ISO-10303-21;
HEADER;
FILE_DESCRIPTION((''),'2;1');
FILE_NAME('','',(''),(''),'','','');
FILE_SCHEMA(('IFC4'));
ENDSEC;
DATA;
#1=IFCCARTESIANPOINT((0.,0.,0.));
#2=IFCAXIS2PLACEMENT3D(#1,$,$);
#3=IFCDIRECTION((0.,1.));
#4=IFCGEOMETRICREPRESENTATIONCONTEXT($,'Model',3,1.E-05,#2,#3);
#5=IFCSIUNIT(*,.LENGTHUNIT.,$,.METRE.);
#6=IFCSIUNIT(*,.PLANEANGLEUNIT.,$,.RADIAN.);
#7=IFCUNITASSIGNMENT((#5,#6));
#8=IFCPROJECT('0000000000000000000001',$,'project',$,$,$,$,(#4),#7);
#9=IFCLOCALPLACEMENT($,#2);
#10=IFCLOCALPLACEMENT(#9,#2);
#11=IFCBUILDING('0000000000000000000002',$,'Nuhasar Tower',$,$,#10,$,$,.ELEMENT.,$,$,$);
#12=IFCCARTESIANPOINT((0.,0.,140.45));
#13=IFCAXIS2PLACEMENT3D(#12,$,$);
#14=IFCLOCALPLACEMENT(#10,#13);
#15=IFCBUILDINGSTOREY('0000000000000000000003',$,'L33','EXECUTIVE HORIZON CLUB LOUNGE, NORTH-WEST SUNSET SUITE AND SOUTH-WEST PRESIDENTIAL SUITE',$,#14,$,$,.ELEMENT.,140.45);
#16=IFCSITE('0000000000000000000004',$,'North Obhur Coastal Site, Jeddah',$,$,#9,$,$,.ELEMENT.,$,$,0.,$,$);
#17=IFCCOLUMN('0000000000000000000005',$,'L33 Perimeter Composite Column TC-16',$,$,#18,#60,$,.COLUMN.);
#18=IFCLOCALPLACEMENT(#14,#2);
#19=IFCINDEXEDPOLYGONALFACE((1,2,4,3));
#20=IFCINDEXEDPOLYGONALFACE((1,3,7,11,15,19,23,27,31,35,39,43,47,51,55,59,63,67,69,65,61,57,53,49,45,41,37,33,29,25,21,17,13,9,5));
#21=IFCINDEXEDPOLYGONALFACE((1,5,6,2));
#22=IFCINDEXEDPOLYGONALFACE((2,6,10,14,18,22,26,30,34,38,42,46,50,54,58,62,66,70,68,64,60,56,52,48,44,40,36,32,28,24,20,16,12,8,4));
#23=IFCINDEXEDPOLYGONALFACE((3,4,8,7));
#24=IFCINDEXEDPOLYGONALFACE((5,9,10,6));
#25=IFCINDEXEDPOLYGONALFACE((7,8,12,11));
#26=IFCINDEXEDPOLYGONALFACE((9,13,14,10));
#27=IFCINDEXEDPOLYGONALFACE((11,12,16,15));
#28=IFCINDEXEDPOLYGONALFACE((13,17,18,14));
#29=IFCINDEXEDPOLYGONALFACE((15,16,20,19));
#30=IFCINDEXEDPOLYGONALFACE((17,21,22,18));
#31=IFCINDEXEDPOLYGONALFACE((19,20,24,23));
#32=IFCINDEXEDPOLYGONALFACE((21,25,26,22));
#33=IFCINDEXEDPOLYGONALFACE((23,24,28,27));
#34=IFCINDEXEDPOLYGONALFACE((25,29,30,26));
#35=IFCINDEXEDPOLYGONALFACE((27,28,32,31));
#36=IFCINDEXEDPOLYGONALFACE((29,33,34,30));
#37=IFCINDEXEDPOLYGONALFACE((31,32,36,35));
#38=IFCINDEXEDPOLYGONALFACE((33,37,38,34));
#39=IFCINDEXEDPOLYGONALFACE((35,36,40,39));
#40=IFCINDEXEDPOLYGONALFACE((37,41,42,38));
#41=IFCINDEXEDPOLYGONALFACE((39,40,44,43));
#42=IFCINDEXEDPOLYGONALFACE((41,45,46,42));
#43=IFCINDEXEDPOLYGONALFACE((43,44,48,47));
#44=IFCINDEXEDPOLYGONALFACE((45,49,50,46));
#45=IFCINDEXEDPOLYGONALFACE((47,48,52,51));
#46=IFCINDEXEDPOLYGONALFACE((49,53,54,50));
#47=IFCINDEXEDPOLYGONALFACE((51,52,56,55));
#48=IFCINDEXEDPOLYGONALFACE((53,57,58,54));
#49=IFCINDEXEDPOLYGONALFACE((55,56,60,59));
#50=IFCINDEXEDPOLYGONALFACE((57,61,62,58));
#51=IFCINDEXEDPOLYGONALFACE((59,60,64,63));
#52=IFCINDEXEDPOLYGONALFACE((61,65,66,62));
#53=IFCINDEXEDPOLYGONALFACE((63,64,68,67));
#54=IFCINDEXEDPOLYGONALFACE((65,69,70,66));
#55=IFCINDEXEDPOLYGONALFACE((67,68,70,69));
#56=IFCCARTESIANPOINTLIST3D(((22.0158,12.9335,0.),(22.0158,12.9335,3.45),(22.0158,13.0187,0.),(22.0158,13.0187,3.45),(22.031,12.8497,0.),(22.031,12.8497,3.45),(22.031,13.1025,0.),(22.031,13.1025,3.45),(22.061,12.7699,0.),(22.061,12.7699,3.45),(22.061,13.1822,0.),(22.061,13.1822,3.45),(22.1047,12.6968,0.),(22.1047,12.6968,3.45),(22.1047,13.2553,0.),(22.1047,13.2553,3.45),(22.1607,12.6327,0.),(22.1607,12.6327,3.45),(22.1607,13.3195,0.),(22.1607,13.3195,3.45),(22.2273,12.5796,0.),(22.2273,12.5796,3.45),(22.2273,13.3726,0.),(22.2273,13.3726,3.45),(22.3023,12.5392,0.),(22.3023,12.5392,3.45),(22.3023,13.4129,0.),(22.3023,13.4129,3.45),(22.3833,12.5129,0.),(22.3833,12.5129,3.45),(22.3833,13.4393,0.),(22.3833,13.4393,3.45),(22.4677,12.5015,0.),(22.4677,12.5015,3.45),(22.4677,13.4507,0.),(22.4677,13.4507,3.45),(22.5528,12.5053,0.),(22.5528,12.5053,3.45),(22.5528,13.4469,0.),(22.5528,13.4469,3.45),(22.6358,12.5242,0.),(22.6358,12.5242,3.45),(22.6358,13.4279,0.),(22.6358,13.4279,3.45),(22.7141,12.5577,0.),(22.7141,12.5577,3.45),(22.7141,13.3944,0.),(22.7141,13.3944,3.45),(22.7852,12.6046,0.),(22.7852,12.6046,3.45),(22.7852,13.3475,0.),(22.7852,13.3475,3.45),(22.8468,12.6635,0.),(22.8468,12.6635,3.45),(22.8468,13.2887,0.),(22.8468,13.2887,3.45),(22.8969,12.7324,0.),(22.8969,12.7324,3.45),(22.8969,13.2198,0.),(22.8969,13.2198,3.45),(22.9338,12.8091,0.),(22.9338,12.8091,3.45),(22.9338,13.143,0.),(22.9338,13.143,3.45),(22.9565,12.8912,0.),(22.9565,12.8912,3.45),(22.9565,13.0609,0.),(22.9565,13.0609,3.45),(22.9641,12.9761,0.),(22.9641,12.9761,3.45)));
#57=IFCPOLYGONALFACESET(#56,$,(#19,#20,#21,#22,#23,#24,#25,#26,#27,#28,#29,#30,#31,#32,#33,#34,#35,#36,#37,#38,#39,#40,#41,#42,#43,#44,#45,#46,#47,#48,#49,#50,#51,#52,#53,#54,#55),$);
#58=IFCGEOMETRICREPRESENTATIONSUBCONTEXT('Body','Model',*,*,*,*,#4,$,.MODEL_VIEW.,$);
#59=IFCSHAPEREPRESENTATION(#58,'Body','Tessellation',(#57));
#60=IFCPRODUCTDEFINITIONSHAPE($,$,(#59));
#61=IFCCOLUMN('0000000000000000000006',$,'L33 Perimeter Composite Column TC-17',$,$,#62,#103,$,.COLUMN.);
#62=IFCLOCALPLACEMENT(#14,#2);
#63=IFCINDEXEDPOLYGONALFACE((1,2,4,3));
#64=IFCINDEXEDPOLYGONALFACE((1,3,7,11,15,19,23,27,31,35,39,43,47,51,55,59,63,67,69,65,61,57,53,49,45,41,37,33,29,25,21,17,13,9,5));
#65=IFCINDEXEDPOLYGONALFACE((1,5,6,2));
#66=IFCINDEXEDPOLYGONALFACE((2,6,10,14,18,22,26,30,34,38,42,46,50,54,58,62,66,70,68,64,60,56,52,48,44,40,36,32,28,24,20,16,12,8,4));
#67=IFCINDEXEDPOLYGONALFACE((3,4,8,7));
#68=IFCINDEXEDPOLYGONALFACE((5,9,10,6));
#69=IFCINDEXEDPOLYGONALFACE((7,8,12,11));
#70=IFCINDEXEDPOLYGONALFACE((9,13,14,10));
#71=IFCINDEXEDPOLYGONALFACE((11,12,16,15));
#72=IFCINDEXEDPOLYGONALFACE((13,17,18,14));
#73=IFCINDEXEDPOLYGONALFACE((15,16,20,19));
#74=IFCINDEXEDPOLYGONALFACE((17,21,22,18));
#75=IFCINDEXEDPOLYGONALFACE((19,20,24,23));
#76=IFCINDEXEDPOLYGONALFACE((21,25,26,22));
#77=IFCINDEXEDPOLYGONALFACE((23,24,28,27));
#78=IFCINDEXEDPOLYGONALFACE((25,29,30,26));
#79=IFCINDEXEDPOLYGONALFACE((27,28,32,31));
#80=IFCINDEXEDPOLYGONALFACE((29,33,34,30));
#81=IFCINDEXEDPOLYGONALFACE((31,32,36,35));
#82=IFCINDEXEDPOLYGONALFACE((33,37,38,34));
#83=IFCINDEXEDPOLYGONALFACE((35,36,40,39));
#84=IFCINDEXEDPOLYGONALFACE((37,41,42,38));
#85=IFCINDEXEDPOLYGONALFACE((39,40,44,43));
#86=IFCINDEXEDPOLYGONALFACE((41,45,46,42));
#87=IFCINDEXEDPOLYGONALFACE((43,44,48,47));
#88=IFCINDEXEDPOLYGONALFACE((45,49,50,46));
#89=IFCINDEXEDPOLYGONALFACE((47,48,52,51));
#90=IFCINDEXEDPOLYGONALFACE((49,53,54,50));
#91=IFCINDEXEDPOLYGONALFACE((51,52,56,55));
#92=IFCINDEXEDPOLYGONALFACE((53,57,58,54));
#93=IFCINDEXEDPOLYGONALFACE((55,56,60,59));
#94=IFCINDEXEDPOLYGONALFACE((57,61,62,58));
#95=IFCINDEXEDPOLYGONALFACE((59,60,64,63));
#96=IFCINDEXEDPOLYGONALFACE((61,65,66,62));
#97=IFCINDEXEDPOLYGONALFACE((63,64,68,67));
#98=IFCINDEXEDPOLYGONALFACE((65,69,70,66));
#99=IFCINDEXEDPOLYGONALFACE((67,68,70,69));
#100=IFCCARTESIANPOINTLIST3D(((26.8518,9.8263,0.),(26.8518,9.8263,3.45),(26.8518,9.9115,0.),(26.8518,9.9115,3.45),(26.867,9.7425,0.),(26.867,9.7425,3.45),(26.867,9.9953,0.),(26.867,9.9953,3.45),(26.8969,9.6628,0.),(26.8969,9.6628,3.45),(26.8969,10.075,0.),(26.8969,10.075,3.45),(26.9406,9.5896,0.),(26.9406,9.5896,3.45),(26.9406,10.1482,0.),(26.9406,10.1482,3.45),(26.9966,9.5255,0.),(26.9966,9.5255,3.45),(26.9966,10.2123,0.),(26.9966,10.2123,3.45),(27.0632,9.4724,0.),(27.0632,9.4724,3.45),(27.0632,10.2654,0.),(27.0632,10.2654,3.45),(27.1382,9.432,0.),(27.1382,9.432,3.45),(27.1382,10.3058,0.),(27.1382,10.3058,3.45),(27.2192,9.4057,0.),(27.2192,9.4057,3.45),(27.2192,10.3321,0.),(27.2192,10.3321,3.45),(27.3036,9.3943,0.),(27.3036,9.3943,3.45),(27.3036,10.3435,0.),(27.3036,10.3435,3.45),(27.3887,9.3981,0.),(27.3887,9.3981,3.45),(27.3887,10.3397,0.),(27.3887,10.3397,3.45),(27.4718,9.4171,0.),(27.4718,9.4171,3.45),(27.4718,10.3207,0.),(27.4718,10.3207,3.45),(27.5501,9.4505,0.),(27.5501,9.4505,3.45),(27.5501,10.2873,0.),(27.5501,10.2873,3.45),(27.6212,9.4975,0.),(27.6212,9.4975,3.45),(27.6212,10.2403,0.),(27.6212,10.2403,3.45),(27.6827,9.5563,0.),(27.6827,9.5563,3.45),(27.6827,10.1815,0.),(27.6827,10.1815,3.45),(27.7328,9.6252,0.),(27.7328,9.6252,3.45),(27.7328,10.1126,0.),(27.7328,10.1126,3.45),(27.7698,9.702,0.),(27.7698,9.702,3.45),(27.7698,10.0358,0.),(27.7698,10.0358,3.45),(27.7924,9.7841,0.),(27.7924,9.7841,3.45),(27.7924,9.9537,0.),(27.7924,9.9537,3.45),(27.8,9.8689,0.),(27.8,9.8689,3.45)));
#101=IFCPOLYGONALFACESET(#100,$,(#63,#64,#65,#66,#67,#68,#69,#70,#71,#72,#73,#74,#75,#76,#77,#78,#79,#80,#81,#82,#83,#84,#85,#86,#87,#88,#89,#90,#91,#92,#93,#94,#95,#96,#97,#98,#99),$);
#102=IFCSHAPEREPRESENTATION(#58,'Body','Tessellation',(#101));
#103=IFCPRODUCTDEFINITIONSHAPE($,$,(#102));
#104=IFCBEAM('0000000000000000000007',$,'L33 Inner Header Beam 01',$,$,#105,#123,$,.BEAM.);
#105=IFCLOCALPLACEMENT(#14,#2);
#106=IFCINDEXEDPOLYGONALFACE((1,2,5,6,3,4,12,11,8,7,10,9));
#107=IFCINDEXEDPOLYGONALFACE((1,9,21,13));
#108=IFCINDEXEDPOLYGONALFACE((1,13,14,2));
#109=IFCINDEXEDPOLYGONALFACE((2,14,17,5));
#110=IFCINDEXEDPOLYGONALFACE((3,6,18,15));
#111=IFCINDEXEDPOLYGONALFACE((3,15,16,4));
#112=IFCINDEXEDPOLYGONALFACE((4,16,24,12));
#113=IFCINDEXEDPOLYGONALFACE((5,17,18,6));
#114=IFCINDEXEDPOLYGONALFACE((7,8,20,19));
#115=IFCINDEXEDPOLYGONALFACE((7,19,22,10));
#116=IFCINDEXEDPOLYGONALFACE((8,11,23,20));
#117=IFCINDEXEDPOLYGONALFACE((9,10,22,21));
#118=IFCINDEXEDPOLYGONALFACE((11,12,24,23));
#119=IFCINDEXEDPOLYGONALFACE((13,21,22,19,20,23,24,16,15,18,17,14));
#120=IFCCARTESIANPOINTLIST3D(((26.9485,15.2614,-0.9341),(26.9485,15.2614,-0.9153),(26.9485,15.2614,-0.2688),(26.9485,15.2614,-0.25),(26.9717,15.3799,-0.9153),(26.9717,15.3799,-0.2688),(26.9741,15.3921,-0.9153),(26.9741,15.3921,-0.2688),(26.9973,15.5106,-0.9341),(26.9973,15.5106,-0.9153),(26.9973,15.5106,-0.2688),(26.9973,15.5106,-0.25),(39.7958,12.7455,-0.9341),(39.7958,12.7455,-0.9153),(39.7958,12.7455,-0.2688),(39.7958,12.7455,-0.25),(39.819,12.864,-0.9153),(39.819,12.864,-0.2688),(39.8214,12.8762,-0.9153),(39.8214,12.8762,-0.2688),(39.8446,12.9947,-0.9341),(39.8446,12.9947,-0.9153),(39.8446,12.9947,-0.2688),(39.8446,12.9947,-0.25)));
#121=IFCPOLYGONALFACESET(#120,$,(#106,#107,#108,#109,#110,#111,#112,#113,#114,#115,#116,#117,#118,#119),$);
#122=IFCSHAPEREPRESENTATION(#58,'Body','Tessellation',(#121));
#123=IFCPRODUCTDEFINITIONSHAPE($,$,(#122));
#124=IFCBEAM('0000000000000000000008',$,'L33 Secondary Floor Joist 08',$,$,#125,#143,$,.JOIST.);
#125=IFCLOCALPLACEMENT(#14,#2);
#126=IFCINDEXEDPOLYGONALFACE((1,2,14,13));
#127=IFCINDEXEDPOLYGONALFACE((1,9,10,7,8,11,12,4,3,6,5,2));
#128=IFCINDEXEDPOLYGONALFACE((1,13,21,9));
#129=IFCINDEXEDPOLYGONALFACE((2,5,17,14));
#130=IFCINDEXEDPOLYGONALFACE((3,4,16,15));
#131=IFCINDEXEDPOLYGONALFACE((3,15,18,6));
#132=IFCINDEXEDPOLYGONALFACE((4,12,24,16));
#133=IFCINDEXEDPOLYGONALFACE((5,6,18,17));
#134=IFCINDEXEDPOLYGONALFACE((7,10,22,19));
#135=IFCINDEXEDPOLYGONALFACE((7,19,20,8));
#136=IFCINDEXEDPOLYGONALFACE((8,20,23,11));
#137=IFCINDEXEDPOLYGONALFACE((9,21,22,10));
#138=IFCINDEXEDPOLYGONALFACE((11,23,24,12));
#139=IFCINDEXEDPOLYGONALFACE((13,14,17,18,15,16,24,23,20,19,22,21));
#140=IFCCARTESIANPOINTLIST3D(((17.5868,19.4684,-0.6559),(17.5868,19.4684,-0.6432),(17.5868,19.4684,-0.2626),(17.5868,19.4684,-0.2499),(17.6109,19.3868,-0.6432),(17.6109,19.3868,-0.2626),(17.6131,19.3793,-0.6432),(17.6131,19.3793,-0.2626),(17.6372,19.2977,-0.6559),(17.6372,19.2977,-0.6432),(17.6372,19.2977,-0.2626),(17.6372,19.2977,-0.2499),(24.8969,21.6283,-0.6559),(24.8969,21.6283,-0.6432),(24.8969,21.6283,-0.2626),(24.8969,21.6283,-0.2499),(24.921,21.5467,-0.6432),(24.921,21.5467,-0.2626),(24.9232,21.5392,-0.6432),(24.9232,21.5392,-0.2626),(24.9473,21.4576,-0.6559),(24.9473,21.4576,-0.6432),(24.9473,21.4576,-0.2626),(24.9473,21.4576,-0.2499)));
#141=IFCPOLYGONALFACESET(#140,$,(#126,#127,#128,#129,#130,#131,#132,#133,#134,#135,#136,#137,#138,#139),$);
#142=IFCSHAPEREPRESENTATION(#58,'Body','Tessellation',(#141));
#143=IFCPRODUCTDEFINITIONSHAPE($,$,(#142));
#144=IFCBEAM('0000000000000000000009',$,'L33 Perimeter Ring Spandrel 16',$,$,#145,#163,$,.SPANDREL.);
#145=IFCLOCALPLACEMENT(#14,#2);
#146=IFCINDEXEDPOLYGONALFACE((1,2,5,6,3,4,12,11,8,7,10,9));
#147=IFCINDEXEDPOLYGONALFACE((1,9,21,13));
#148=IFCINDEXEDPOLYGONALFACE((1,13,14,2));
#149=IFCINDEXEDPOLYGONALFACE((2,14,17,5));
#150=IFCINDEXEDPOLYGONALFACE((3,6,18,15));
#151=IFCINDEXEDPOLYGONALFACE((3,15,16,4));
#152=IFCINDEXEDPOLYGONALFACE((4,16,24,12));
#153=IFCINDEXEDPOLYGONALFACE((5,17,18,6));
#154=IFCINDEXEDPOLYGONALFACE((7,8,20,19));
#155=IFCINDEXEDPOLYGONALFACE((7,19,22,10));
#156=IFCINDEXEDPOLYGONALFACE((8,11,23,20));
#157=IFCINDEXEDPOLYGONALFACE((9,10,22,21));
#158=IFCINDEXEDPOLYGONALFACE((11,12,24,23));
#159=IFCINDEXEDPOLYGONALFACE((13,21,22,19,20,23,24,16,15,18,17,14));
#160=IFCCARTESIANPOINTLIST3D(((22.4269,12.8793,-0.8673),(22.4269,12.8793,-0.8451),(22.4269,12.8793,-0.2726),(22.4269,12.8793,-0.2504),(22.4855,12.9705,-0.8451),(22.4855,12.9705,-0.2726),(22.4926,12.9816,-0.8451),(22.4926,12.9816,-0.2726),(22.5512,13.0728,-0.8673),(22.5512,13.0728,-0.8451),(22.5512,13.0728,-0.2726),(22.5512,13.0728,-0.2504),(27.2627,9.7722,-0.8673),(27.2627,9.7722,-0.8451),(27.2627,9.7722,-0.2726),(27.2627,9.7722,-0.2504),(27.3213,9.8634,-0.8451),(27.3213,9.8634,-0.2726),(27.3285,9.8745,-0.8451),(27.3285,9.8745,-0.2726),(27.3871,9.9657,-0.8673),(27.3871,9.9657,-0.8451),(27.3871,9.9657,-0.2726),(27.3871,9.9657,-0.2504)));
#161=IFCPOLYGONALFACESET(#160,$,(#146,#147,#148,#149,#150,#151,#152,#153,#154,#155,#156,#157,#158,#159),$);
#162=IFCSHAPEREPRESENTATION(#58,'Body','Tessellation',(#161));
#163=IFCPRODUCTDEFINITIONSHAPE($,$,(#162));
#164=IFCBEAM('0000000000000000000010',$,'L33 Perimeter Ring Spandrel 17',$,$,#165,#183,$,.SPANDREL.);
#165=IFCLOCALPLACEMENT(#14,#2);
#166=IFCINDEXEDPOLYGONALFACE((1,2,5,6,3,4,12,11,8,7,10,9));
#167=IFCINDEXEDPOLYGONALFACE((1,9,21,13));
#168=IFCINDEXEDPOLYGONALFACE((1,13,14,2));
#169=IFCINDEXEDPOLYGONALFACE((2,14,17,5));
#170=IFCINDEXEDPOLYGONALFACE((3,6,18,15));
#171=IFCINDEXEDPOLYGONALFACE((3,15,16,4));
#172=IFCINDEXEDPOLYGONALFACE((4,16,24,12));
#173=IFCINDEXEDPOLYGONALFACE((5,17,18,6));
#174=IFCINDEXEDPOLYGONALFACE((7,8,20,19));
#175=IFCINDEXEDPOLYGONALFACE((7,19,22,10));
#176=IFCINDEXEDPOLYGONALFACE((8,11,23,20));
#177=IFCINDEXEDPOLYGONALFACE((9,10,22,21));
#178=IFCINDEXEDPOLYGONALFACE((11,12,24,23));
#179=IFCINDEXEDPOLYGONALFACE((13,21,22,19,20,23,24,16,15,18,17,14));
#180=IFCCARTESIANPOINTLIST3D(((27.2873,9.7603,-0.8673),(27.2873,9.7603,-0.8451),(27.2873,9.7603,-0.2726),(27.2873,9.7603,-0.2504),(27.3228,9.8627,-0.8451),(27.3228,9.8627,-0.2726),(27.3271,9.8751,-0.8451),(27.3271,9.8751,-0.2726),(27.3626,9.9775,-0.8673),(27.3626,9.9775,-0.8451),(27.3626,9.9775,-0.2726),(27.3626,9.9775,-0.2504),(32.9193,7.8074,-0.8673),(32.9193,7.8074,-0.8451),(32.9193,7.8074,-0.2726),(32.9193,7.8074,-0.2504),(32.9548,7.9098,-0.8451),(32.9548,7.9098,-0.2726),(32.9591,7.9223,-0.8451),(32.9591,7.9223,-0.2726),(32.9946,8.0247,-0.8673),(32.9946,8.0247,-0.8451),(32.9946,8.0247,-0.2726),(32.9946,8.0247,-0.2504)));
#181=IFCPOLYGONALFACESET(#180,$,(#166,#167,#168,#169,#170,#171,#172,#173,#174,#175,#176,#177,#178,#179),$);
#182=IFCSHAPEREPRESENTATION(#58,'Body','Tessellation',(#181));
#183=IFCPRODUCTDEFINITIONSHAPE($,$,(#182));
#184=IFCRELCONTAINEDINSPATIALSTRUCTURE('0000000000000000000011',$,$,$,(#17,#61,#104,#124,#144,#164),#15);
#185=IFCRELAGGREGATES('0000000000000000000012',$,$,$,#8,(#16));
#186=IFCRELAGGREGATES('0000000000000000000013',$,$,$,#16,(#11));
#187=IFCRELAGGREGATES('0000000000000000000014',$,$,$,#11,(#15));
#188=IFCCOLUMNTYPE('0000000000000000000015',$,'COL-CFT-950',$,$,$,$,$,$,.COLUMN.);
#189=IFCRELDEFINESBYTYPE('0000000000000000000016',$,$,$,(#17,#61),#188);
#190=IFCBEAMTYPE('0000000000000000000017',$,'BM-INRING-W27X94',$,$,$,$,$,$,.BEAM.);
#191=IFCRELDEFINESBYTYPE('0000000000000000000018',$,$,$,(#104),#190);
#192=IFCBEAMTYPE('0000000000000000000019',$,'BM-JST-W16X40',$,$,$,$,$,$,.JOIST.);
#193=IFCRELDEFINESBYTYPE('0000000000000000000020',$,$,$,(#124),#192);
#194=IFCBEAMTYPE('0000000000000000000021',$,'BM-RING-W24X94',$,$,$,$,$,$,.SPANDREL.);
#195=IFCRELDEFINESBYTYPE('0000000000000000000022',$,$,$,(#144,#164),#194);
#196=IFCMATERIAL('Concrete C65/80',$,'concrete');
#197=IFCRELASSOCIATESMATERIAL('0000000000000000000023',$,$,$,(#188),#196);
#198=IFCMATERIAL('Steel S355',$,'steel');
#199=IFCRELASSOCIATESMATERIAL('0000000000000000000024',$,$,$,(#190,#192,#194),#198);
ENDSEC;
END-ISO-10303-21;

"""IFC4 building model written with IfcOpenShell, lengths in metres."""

from ifc_helpers import new_model, si_unit, direction, frame, origin, origin_2d, place, context, subcontext, project, spatial, circle, i_section, extrude, material, material_profile, profile_set, type_object, element, save


model = new_model("IFC4")

# Units and contexts
model_context = context("Model", 3, precision=1e-05, world=origin(), true_north=direction((0.0, 1.0)))
body_context = subcontext(model_context, "Body", "Model", "MODEL_VIEW")
ifc_project = project(units=[si_unit("LENGTHUNIT", "METRE"), si_unit("PLANEANGLEUNIT", "RADIAN")], contexts=[model_context])

# Site, building, storey
site_placement = place(None, origin())
site = spatial("IfcSite", under=ifc_project, at=site_placement, Name="North Obhur Coastal Site, Jeddah", CompositionType="ELEMENT", RefElevation=0.0)
building_placement = place(site_placement, origin())
building = spatial("IfcBuilding", under=site, at=building_placement, Name="Nuhasar Tower", CompositionType="ELEMENT")
storey_placement = place(building_placement, frame((0.0, 0.0, 140.45)))
storey = spatial("IfcBuildingStorey", under=building, at=storey_placement, Name="L33", Description="EXECUTIVE HORIZON CLUB LOUNGE, NORTH-WEST SUNSET SUITE AND SOUTH-WEST PRESIDENTIAL SUITE", CompositionType="ELEMENT", Elevation=140.45)

# Columns
ifc_material_1 = material(Name="Concrete C65/80", Category="concrete")
ifc_material_profile_1 = material_profile(ifc_material_1, circle(Radius=0.4751, at=origin_2d()), Name="CFT950")
ifc_profile_set_1 = profile_set([ifc_material_profile_1], Name="Concrete C65/80")
column_type = type_object("IfcColumnType", Name="COL-CFT-950", PredefinedType="COLUMN", material=ifc_profile_set_1)
for number, where, z_axis, x_axis, name in (
    (1, (22.489, 12.9761, 0.0), (0.0, 0.0, 1.0), (1.0, 0.0, 0.0), "L33 Perimeter Composite Column TC-16"),
    (2, (27.325, 9.8689, 0.0), (0.0, 0.0, 1.0), (1.0, 0.0, 0.0), "L33 Perimeter Composite Column TC-17"),
):
    element("IfcColumn", number, at=place(storey_placement, frame(where, z_axis=z_axis, x_axis=x_axis)), inside=storey, type_object=column_type, Name=name, PredefinedType="COLUMN", context=body_context, shape_type="SweptSolid", body=[
        extrude(circle(Radius=0.4751, at=origin_2d()), origin(), (0.0, 0.0, 1.0), 3.45),
    ])

# Beams
ifc_material_2 = material(Name="Steel S355", Category="steel")
ifc_material_profile_2 = material_profile(ifc_material_2, i_section(OverallWidth=0.2539, OverallDepth=0.6841, WebThickness=0.0125, FlangeThickness=0.0188, at=origin_2d()), Name="W27X94")
ifc_profile_set_2 = profile_set([ifc_material_profile_2], Name="Steel S355")
beam_type_1 = type_object("IfcBeamType", Name="BM-INRING-W27X94", PredefinedType="BEAM", material=ifc_profile_set_2)
beam_1_placement = place(storey_placement, frame((26.9729, 15.386, -0.592), z_axis=(0.98136, -0.19218, 0.0), x_axis=(0.19218, 0.98136, 0.0)))
element("IfcBeam", 3, at=beam_1_placement, inside=storey, type_object=beam_type_1, Name="L33 Inner Header Beam 01", PredefinedType="BEAM", context=body_context, shape_type="SweptSolid", body=[
    extrude(i_section(OverallWidth=0.2539, OverallDepth=0.6841, WebThickness=0.0125, FlangeThickness=0.0188, at=origin_2d()), origin(), (0.0, 0.0, 1.0), 13.0913),
])
ifc_material_profile_3 = material_profile(ifc_material_2, i_section(OverallWidth=0.178, OverallDepth=0.406, WebThickness=0.0078, FlangeThickness=0.0127, at=origin_2d()), Name="W16X40")
ifc_profile_set_3 = profile_set([ifc_material_profile_3], Name="Steel S355")
beam_type_2 = type_object("IfcBeamType", Name="BM-JST-W16X40", PredefinedType="JOIST", material=ifc_profile_set_3)
beam_2_placement = place(storey_placement, frame((24.9221, 21.543, -0.4529), z_axis=(-0.959013, -0.283361, 0.0), x_axis=(0.283361, -0.959013, 0.0)))
element("IfcBeam", 4, at=beam_2_placement, inside=storey, type_object=beam_type_2, Name="L33 Secondary Floor Joist 08", PredefinedType="JOIST", context=body_context, shape_type="SweptSolid", body=[
    extrude(i_section(OverallWidth=0.178, OverallDepth=0.406, WebThickness=0.0078, FlangeThickness=0.0127, at=origin_2d()), origin(), (0.0, 0.0, 1.0), 7.6226),
])
ifc_material_profile_4 = material_profile(ifc_material_2, i_section(OverallWidth=0.23, OverallDepth=0.6169, WebThickness=0.0132, FlangeThickness=0.0222, at=origin_2d()), Name="W24X94")
ifc_profile_set_4 = profile_set([ifc_material_profile_4], Name="Steel S355")
beam_type_3 = type_object("IfcBeamType", Name="BM-RING-W24X94", PredefinedType="SPANDREL", material=ifc_profile_set_4)
beam_3_placement = place(storey_placement, frame((22.489, 12.9761, -0.5588), z_axis=(0.841308, -0.540556, 0.0), x_axis=(0.540556, 0.841308, 0.0)))
element("IfcBeam", 5, at=beam_3_placement, inside=storey, type_object=beam_type_3, Name="L33 Perimeter Ring Spandrel 16", PredefinedType="SPANDREL", context=body_context, shape_type="SweptSolid", body=[
    extrude(i_section(OverallWidth=0.23, OverallDepth=0.6169, WebThickness=0.0132, FlangeThickness=0.0222, at=origin_2d()), origin(), (0.0, 0.0, 1.0), 5.748),
])
beam_4_placement = place(storey_placement, frame((27.325, 9.8689, -0.5588), z_axis=(0.944814, -0.327607, 0.0), x_axis=(0.327607, 0.944814, 0.0)))
element("IfcBeam", 6, at=beam_4_placement, inside=storey, type_object=beam_type_3, Name="L33 Perimeter Ring Spandrel 17", PredefinedType="SPANDREL", context=body_context, shape_type="SweptSolid", body=[
    extrude(i_section(OverallWidth=0.23, OverallDepth=0.6169, WebThickness=0.0132, FlangeThickness=0.0222, at=origin_2d()), origin(), (0.0, 0.0, 1.0), 5.9609),
])

save(model, "model.ifc")
